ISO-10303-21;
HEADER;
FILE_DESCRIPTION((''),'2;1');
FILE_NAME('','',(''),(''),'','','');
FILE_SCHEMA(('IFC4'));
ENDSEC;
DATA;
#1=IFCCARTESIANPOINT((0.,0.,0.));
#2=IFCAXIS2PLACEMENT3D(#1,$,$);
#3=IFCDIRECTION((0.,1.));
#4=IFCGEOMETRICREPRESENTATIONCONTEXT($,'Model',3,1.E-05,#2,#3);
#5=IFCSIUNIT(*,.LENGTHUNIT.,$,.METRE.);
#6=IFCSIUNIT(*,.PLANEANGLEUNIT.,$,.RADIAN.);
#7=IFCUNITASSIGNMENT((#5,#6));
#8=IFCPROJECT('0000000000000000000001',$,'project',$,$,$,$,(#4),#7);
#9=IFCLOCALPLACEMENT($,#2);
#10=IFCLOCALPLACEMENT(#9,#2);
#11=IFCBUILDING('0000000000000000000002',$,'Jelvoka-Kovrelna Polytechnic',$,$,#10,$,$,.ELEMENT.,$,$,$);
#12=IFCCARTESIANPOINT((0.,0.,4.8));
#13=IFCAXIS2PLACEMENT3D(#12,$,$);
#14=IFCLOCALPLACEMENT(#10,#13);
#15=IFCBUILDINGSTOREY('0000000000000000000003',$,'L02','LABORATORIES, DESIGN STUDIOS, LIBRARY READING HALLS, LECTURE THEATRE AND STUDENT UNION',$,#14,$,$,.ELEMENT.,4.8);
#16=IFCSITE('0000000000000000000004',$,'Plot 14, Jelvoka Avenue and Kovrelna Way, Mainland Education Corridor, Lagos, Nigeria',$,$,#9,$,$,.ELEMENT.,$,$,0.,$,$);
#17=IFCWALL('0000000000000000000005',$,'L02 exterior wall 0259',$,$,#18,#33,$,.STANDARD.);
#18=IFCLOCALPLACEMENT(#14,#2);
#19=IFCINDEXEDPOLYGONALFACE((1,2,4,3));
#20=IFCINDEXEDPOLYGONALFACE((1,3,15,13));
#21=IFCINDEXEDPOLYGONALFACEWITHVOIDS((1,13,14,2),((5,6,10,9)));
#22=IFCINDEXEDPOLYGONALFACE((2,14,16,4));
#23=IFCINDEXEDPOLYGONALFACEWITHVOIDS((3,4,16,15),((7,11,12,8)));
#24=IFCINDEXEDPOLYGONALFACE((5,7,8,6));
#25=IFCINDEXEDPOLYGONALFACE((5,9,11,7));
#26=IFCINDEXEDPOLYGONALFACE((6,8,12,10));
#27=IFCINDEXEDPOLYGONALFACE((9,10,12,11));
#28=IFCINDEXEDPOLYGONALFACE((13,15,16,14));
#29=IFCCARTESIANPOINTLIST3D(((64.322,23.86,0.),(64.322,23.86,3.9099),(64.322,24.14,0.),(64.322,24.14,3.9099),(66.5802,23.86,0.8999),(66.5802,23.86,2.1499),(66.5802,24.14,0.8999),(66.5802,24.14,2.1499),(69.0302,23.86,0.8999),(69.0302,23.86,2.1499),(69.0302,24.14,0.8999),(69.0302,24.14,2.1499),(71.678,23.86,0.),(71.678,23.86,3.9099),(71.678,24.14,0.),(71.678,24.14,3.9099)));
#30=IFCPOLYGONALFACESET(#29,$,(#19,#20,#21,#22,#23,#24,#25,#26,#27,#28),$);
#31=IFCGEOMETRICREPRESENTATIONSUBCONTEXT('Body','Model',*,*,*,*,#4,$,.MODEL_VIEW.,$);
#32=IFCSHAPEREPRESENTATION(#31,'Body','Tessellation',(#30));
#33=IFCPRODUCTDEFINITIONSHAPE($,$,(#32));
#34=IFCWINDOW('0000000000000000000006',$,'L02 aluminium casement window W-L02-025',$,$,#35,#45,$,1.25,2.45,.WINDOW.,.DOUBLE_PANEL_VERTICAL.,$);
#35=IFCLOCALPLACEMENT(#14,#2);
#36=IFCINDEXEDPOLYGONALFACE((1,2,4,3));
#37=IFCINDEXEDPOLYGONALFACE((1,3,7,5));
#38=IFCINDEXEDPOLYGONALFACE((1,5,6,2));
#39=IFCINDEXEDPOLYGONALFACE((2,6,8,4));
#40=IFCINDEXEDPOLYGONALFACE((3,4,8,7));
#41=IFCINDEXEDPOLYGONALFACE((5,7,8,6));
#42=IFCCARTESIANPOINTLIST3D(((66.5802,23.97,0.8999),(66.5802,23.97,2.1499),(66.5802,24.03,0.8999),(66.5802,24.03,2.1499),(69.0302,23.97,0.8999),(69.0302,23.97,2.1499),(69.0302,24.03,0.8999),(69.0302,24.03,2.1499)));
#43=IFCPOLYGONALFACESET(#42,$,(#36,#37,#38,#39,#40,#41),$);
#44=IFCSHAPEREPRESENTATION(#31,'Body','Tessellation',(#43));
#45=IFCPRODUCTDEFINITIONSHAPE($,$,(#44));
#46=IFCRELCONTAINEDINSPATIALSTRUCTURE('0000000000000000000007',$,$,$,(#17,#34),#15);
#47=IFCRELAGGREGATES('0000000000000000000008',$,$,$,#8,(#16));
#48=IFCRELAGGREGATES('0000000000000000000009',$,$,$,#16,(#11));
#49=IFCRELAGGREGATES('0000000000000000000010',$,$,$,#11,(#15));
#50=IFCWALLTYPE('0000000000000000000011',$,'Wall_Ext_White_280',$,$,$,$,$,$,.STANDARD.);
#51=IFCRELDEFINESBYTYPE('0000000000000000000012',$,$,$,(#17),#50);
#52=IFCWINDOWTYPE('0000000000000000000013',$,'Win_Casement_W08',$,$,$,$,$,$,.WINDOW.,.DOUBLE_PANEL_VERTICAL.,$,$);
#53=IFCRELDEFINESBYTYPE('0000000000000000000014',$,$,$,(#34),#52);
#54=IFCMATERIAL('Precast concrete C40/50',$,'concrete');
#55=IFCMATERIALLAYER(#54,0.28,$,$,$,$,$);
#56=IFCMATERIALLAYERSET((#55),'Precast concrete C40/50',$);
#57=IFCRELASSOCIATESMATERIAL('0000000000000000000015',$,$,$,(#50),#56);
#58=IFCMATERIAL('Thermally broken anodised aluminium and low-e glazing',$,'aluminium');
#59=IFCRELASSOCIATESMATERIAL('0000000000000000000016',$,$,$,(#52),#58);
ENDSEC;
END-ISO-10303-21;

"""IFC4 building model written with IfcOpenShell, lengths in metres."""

from ifc_helpers import new_model, si_unit, direction, frame, frame_2d, origin, place, context, subcontext, project, spatial, rectangle, extrude, material, layer, layer_set, type_object, element, fill, save


model = new_model("IFC4")

# Units and contexts
model_context = context("Model", 3, precision=1e-05, world=origin(), true_north=direction((0.0, 1.0)))
body_context = subcontext(model_context, "Body", "Model", "MODEL_VIEW")
ifc_project = project(units=[si_unit("LENGTHUNIT", "METRE"), si_unit("PLANEANGLEUNIT", "RADIAN")], contexts=[model_context])

# Site, building, storey
site_placement = place(None, origin())
site = spatial("IfcSite", under=ifc_project, at=site_placement, Name="Plot 14, Jelvoka Avenue and Kovrelna Way, Mainland Education Corridor, Lagos, Nigeria", CompositionType="ELEMENT", RefElevation=0.0)
building_placement = place(site_placement, origin())
building = spatial("IfcBuilding", under=site, at=building_placement, Name="Jelvoka-Kovrelna Polytechnic", CompositionType="ELEMENT")
storey_placement = place(building_placement, frame((0.0, 0.0, 4.8)))
storey = spatial("IfcBuildingStorey", under=building, at=storey_placement, Name="L02", Description="LABORATORIES, DESIGN STUDIOS, LIBRARY READING HALLS, LECTURE THEATRE AND STUDENT UNION", CompositionType="ELEMENT", Elevation=4.8)

# Wall, opening, window
ifc_material_1 = material(Name="Precast concrete C40/50", Category="concrete")
ifc_layer_1 = layer(ifc_material_1, 0.28)
ifc_layer_set_1 = layer_set([ifc_layer_1], Name="Precast concrete C40/50")
wall_type = type_object("IfcWallType", Name="Wall_Ext_White_280", PredefinedType="STANDARD", material=ifc_layer_set_1)
wall_1_placement = place(storey_placement, frame((64.322, 24.0, 0.0), z_axis=(0.0, 0.0, 1.0), x_axis=(1.0, 0.0, 0.0)))
wall_1 = element("IfcWall", 1, at=wall_1_placement, inside=storey, type_object=wall_type, Name="L02 exterior wall 0259", PredefinedType="STANDARD", context=body_context, shape_type="SweptSolid", body=[
    extrude(rectangle(XDim=7.356, YDim=0.28, at=frame_2d((3.678, 0.0))), origin(), (0.0, 0.0, 1.0), 3.9099),
])
opening_1_placement = place(wall_1_placement, frame((2.2581, 0.0, 0.8999)))
opening_1 = element("IfcOpeningElement", 2, at=opening_1_placement, cuts=wall_1, PredefinedType="OPENING", context=body_context, shape_type="SweptSolid", body=[
    extrude(rectangle(XDim=2.45, YDim=1.25, at=frame_2d((1.2251, 0.625))), frame((0.0, 0.1501, 0.0), z_axis=(0.0, -1.0, 0.0), x_axis=(1.0, 0.0, 0.0)), (0.0, 0.0, 1.0), 0.3),
])
ifc_material_2 = material(Name="Thermally broken anodised aluminium and low-e glazing", Category="aluminium")
window_type_1 = type_object("IfcWindowType", Name="Win_Casement_W08", PartitioningType="DOUBLE_PANEL_VERTICAL", PredefinedType="WINDOW", material=ifc_material_2)
window_1_placement = place(opening_1_placement, origin())
window_1 = element("IfcWindow", 3, at=window_1_placement, inside=storey, type_object=window_type_1, Name="L02 aluminium casement window W-L02-025", OverallHeight=1.25, OverallWidth=2.45, PartitioningType="DOUBLE_PANEL_VERTICAL", PredefinedType="WINDOW", context=body_context, shape_type="SweptSolid", body=[
    extrude(rectangle(XDim=2.45, YDim=1.25, at=frame_2d((1.2251, 0.625))), frame((0.0, 0.03, 0.0), z_axis=(0.0, -1.0, 0.0), x_axis=(1.0, 0.0, 0.0)), (0.0, 0.0, 1.0), 0.0601),
])
fill(opening_1, window_1)

save(model, "model.ifc")
